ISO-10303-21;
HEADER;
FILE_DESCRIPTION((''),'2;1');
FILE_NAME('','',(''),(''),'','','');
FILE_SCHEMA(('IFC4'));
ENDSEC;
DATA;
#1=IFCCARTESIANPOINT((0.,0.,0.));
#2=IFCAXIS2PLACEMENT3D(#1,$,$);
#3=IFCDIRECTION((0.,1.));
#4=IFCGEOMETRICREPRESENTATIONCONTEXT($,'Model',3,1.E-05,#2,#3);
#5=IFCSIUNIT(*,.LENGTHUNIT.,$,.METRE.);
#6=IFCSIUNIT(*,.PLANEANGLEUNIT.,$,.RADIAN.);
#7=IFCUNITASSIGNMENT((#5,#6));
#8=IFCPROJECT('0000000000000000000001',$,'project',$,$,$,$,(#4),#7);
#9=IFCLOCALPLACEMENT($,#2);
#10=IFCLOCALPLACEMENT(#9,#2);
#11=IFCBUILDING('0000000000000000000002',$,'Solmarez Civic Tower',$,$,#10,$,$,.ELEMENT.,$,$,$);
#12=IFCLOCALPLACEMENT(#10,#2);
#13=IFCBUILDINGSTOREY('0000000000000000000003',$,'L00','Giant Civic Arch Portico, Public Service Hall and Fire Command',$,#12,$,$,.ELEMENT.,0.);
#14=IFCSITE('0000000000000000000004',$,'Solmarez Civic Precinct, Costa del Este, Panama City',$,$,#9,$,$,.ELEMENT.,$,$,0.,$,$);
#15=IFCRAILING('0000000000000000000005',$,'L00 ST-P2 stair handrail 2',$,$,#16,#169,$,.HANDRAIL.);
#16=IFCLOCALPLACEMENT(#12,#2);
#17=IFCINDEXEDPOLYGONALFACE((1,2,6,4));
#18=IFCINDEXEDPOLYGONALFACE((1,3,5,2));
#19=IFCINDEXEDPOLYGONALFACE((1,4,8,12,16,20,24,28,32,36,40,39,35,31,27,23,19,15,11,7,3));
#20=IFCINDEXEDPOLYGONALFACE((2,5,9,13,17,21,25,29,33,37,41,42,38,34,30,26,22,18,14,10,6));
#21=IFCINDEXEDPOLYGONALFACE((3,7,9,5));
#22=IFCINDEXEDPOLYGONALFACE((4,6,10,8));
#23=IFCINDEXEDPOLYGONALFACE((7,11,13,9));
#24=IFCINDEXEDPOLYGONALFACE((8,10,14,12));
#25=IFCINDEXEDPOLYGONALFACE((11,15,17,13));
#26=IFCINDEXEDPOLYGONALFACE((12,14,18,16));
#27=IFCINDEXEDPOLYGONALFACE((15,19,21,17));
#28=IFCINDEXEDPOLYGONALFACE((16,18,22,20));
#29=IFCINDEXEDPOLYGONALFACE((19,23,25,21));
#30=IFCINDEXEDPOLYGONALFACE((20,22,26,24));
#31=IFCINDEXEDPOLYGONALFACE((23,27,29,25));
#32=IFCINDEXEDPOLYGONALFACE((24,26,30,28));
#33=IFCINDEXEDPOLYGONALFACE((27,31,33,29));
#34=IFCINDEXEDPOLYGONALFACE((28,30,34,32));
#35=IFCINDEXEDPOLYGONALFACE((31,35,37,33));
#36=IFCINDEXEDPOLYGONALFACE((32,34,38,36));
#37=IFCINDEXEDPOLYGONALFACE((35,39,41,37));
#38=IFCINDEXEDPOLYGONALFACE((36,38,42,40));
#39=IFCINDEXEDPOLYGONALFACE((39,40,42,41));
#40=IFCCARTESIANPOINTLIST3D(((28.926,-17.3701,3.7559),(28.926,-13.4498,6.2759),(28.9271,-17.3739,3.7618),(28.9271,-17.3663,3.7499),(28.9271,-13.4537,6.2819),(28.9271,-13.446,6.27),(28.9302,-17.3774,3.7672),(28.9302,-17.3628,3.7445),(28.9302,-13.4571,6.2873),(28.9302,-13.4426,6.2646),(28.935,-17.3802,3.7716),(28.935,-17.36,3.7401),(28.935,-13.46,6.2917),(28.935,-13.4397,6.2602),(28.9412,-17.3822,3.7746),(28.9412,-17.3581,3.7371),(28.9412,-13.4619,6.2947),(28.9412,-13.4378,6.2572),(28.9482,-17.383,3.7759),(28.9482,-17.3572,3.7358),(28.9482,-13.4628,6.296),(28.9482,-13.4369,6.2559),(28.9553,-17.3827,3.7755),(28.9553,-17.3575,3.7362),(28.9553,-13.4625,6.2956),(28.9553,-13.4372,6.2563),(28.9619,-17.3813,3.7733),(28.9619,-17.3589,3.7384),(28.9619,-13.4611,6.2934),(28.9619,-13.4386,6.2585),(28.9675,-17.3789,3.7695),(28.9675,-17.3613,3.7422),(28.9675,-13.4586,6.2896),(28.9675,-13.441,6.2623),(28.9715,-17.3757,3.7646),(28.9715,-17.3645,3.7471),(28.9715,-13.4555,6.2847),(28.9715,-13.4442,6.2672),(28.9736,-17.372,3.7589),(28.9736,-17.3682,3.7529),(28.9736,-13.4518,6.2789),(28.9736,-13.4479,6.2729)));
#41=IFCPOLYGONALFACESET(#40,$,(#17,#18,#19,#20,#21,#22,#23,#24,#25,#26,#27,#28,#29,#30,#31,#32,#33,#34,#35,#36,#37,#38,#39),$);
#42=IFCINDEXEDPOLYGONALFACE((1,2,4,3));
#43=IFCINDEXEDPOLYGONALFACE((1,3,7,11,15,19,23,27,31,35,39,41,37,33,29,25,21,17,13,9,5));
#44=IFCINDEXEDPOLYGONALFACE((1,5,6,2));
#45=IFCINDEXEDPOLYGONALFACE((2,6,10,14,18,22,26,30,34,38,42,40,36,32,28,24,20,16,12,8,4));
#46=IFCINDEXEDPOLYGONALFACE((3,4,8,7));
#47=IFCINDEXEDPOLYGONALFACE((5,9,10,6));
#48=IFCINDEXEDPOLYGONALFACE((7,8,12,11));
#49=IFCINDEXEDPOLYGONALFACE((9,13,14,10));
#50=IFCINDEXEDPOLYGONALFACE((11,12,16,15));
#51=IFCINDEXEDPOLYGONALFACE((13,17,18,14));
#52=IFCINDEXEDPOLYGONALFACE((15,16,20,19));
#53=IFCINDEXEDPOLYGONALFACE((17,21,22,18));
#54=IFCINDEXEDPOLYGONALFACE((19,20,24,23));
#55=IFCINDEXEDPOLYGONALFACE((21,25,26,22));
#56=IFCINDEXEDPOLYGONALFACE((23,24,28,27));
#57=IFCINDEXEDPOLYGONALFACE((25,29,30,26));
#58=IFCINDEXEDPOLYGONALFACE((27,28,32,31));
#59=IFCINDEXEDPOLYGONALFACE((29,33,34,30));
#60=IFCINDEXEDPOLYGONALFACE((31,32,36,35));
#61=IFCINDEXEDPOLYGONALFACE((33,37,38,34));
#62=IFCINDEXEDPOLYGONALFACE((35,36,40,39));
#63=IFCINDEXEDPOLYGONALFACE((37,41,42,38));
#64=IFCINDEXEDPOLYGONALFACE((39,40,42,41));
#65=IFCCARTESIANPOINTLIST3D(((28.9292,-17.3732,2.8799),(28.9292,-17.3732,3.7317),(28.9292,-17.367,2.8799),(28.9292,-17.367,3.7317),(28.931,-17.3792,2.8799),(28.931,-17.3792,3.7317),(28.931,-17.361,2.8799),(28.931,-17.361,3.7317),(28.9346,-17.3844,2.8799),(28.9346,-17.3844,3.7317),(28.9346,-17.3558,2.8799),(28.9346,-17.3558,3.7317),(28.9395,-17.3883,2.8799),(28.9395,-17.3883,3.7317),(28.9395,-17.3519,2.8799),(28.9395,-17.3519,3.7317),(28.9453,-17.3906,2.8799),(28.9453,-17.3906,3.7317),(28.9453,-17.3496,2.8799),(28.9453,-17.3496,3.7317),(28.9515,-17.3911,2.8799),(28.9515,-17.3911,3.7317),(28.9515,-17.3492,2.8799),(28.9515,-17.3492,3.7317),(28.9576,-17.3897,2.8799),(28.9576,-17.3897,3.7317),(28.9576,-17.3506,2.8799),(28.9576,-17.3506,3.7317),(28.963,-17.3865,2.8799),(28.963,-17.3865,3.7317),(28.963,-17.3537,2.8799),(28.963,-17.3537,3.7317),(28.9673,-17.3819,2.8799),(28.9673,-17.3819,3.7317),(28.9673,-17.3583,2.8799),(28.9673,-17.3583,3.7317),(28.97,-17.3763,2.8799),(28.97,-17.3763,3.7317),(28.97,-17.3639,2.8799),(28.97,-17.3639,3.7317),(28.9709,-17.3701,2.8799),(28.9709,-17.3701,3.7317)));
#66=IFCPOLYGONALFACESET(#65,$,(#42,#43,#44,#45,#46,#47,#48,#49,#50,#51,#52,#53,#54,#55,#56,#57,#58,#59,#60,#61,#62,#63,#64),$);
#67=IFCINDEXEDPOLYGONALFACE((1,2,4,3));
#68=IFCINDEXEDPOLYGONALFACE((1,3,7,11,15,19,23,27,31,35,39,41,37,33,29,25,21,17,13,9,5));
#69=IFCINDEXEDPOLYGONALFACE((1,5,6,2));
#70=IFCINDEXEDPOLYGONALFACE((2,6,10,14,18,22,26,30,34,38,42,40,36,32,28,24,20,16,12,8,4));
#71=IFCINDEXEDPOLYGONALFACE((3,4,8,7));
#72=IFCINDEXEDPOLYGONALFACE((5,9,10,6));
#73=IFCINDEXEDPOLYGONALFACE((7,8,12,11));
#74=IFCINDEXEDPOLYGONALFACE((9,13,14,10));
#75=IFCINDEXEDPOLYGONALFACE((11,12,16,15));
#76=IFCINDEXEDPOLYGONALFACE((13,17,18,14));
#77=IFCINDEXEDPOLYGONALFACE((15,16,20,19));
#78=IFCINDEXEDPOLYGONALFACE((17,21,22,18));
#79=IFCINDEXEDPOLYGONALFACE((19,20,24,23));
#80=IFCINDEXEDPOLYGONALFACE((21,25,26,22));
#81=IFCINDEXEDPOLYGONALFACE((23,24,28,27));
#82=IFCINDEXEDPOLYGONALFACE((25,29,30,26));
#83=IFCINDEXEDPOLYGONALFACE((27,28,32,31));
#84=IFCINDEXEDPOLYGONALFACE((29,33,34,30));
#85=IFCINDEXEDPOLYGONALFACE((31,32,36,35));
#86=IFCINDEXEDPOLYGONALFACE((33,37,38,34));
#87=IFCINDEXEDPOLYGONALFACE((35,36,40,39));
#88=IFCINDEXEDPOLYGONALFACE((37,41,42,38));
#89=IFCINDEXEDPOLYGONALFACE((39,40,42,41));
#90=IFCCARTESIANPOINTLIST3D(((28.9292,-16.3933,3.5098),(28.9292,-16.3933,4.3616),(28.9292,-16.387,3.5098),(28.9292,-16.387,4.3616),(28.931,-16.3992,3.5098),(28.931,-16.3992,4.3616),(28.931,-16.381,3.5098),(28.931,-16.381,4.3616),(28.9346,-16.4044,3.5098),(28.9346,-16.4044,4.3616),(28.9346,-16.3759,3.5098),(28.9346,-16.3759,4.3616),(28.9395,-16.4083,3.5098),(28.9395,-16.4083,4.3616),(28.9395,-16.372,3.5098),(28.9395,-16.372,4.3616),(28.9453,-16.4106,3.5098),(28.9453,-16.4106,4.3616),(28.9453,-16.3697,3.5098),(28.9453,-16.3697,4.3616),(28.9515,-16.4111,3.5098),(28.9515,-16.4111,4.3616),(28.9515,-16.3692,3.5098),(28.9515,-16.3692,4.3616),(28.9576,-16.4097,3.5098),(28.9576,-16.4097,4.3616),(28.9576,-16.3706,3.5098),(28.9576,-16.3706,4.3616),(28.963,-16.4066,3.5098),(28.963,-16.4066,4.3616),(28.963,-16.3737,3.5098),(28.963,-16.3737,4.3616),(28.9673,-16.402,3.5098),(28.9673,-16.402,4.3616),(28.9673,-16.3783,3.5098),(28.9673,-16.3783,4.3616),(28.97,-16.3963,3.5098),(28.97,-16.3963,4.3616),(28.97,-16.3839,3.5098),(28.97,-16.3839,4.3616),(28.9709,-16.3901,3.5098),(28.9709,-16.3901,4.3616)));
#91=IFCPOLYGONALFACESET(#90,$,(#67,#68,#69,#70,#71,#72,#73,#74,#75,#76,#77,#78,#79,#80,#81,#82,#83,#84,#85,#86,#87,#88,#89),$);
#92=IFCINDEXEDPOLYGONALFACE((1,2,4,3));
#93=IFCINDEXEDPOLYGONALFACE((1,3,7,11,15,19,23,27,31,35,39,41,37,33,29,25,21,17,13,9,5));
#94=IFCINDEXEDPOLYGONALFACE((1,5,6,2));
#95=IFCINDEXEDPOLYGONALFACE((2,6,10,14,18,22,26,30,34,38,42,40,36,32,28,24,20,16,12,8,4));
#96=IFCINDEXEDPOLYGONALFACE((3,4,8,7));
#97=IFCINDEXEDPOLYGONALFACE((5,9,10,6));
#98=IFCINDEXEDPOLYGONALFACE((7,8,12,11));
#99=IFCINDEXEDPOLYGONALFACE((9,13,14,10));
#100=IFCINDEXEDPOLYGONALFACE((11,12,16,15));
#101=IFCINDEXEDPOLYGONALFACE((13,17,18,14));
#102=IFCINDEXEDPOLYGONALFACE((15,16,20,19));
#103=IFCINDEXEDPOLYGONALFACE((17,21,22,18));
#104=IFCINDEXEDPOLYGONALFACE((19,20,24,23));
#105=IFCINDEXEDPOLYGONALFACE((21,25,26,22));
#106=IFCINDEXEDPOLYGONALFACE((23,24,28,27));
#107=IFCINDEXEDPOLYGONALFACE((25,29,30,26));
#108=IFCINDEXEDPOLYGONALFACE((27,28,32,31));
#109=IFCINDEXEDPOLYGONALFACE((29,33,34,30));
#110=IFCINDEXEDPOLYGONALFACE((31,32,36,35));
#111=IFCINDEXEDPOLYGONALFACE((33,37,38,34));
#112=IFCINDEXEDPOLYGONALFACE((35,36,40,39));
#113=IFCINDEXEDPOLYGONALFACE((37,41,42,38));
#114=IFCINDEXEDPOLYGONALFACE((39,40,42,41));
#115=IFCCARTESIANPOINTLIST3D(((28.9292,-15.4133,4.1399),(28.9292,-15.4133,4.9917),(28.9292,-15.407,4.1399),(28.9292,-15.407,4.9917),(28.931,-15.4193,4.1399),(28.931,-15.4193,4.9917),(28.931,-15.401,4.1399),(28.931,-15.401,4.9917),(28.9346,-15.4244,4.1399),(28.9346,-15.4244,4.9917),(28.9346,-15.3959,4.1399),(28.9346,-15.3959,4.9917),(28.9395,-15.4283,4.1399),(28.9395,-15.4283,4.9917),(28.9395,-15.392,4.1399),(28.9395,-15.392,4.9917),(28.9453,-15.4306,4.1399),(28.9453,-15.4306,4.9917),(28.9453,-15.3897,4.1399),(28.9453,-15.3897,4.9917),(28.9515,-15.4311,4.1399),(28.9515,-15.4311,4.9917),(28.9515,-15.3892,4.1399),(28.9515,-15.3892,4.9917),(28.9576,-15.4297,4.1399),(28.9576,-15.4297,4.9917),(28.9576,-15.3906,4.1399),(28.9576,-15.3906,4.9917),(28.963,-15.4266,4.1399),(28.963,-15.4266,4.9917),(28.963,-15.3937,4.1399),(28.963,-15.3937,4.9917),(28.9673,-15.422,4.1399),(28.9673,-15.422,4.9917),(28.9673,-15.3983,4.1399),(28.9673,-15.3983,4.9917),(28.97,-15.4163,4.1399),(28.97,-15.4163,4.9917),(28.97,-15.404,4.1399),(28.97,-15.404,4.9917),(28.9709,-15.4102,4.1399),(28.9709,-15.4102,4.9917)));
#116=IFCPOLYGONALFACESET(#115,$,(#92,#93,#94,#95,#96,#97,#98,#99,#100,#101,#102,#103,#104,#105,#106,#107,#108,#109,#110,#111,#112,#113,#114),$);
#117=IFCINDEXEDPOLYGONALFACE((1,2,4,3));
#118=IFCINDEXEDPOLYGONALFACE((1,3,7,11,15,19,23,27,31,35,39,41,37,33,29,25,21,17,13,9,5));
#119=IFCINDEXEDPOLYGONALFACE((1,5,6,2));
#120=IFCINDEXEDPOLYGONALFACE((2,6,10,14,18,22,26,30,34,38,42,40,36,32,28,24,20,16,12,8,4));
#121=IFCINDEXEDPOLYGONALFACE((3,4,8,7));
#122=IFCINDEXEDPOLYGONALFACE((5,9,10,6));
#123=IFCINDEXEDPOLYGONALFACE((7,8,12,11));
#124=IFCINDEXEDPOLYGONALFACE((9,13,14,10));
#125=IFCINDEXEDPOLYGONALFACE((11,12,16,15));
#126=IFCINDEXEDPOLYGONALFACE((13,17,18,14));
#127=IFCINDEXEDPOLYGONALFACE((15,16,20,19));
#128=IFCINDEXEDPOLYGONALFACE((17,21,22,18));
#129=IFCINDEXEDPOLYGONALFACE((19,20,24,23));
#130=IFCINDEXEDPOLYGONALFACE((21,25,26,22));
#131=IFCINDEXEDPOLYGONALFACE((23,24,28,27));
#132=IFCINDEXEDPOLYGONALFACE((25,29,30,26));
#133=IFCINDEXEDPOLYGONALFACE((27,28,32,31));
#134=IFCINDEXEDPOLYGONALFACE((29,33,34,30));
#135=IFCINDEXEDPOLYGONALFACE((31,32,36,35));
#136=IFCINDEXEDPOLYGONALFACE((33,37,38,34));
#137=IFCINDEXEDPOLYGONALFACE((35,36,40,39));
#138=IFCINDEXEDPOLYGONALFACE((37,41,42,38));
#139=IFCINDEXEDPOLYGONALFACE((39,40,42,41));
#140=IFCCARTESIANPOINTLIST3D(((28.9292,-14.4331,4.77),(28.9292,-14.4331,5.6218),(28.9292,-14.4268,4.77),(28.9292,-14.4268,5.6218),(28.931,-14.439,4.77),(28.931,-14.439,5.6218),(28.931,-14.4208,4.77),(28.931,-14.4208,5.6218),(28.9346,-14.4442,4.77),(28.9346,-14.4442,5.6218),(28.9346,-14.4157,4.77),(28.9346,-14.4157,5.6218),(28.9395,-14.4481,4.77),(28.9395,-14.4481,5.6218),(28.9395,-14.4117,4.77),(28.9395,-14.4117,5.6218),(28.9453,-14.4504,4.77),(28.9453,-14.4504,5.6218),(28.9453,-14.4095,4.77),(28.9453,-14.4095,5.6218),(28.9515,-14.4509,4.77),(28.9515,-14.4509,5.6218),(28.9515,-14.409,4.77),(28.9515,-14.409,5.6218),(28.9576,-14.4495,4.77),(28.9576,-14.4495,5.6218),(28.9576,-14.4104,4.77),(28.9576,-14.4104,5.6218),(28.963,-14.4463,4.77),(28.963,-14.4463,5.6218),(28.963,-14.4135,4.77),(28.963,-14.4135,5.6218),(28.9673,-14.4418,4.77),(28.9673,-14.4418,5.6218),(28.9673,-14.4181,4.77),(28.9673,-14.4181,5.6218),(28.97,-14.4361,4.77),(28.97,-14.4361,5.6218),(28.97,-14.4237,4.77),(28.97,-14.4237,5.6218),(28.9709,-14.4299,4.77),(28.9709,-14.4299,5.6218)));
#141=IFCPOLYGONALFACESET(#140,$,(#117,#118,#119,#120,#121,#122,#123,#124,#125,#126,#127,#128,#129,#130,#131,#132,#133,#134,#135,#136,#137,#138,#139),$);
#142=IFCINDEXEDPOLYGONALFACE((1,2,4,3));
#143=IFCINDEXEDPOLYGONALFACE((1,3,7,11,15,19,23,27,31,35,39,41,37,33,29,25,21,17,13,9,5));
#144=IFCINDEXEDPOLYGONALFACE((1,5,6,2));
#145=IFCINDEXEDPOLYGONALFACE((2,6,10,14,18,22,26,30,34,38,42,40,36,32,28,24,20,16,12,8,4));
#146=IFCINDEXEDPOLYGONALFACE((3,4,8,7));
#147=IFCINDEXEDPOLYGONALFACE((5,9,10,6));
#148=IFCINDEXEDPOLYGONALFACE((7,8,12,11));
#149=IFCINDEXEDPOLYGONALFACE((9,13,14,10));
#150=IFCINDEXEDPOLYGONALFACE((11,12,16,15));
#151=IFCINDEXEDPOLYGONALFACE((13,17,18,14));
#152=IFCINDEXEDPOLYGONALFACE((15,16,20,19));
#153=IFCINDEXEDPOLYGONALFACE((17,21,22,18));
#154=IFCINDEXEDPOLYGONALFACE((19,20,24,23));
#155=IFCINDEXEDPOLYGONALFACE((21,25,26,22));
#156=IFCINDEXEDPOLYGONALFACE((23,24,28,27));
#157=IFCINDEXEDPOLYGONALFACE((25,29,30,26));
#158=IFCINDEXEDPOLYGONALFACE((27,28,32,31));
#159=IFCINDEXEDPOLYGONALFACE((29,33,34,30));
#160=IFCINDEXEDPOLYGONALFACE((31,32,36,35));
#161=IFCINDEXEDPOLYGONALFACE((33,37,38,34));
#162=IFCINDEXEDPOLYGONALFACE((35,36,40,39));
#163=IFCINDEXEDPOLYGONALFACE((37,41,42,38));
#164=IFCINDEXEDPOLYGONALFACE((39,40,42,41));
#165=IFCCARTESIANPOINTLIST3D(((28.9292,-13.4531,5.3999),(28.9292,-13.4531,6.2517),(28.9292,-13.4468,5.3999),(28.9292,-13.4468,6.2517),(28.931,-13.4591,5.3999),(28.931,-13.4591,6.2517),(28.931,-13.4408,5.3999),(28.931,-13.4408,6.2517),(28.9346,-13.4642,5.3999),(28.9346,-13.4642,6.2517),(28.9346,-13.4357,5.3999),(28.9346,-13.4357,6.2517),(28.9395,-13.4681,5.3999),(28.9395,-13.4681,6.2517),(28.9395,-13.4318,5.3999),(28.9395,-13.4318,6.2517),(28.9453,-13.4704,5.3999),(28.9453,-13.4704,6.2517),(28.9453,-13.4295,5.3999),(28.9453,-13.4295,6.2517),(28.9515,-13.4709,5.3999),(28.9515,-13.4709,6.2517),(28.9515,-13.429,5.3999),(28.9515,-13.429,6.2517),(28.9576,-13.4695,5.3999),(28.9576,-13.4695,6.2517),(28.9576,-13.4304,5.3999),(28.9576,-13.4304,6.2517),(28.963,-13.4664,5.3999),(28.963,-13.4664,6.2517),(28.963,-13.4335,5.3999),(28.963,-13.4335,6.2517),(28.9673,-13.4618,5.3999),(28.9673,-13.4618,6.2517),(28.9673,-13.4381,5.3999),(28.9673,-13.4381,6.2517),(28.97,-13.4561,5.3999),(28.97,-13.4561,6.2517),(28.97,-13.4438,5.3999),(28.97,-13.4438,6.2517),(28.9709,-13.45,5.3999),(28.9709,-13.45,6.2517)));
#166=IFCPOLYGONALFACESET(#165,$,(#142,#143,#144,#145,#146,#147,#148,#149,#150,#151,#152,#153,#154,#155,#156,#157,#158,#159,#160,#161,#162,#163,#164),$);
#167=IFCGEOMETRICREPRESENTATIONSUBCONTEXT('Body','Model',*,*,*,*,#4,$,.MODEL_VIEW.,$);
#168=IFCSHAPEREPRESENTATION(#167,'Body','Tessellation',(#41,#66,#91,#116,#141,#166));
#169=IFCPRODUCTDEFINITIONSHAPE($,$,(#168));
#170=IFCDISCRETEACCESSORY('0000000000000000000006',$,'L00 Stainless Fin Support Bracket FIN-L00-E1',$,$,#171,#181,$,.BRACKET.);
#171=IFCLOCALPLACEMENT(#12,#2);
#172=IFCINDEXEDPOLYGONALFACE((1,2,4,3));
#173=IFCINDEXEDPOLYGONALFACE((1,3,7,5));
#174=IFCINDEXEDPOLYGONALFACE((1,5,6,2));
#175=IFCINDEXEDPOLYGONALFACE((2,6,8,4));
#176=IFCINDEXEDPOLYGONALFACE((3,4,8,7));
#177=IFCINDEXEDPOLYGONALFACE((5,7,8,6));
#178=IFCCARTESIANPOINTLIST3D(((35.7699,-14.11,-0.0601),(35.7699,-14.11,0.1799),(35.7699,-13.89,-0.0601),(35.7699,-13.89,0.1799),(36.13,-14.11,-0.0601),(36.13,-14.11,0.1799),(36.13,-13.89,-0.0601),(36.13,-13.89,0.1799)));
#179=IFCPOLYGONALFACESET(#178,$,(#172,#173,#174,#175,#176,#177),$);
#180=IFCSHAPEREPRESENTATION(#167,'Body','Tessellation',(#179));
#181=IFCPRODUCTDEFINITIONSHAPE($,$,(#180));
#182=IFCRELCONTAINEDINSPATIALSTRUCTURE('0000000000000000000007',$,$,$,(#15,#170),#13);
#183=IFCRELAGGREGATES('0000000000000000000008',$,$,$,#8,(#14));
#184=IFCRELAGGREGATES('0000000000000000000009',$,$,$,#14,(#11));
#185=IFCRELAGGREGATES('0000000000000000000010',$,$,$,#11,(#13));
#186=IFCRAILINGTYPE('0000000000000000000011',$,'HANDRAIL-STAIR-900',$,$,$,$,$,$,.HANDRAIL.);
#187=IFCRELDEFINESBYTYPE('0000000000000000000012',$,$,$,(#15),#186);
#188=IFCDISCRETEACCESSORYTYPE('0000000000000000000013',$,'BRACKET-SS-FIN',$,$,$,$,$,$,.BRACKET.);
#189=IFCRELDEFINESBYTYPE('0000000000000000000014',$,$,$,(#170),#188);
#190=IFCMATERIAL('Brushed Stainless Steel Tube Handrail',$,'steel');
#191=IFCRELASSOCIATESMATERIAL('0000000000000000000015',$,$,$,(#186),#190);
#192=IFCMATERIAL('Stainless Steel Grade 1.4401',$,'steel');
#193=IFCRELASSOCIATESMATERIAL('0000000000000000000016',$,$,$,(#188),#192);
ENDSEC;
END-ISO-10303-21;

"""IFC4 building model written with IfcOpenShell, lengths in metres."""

from ifc_helpers import new_model, si_unit, direction, frame, origin, origin_2d, place, context, subcontext, project, spatial, rectangle, circle, extrude, material, type_object, element, save


model = new_model("IFC4")

# Units and contexts
model_context = context("Model", 3, precision=1e-05, world=origin(), true_north=direction((0.0, 1.0)))
body_context = subcontext(model_context, "Body", "Model", "MODEL_VIEW")
ifc_project = project(units=[si_unit("LENGTHUNIT", "METRE"), si_unit("PLANEANGLEUNIT", "RADIAN")], contexts=[model_context])

# Site, building, storey
site_placement = place(None, origin())
site = spatial("IfcSite", under=ifc_project, at=site_placement, Name="Solmarez Civic Precinct, Costa del Este, Panama City", CompositionType="ELEMENT", RefElevation=0.0)
building_placement = place(site_placement, origin())
building = spatial("IfcBuilding", under=site, at=building_placement, Name="Solmarez Civic Tower", CompositionType="ELEMENT")
storey_placement = place(building_placement, origin())
storey = spatial("IfcBuildingStorey", under=building, at=storey_placement, Name="L00", Description="Giant Civic Arch Portico, Public Service Hall and Fire Command", CompositionType="ELEMENT", Elevation=0.0)

# Railing
ifc_material_1 = material(Name="Brushed Stainless Steel Tube Handrail", Category="steel")
railing_type_1 = type_object("IfcRailingType", Name="HANDRAIL-STAIR-900", PredefinedType="HANDRAIL", material=ifc_material_1)
railing_1_placement = place(storey_placement, frame((28.95, -17.3701, 2.8799)))
element("IfcRailing", 1, at=railing_1_placement, inside=storey, type_object=railing_type_1, Name="L00 ST-P2 stair handrail 2", PredefinedType="HANDRAIL", context=body_context, shape_type="SweptSolid", body=[
    extrude(circle(Radius=0.0239, at=origin_2d()), frame((0.0, 0.0, 0.876), z_axis=(0.0, 0.841187, 0.540744), x_axis=(-1.0, 0.0, 0.0)), (0.0, 0.0, 1.0), 4.6604),
    extrude(circle(Radius=0.021, at=origin_2d()), origin(), (0.0, 0.0, 1.0), 0.8518),
    extrude(circle(Radius=0.021, at=origin_2d()), frame((0.0, 0.98, 0.6299)), (0.0, 0.0, 1.0), 0.8518),
    extrude(circle(Radius=0.021, at=origin_2d()), frame((0.0, 1.96, 1.26)), (0.0, 0.0, 1.0), 0.8518),
    extrude(circle(Radius=0.021, at=origin_2d()), frame((0.0, 2.9402, 1.8901)), (0.0, 0.0, 1.0), 0.8518),
    extrude(circle(Radius=0.021, at=origin_2d()), frame((0.0, 3.9202, 2.52)), (0.0, 0.0, 1.0), 0.8518),
])

# Discrete accessory
ifc_material_2 = material(Name="Stainless Steel Grade 1.4401", Category="steel")
discrete_accessory_type = type_object("IfcDiscreteAccessoryType", Name="BRACKET-SS-FIN", PredefinedType="BRACKET", material=ifc_material_2)
discrete_accessory_placement = place(storey_placement, frame((35.95, -14.0, -0.0601), z_axis=(0.0, 0.0, 1.0), x_axis=(1.0, 0.0, 0.0)))
element("IfcDiscreteAccessory", 2, at=discrete_accessory_placement, inside=storey, type_object=discrete_accessory_type, Name="L00 Stainless Fin Support Bracket FIN-L00-E1", PredefinedType="BRACKET", context=body_context, shape_type="SweptSolid", body=[
    extrude(rectangle(XDim=0.3601, YDim=0.22, at=origin_2d()), origin(), (0.0, 0.0, 1.0), 0.24),
])

save(model, "model.ifc")
